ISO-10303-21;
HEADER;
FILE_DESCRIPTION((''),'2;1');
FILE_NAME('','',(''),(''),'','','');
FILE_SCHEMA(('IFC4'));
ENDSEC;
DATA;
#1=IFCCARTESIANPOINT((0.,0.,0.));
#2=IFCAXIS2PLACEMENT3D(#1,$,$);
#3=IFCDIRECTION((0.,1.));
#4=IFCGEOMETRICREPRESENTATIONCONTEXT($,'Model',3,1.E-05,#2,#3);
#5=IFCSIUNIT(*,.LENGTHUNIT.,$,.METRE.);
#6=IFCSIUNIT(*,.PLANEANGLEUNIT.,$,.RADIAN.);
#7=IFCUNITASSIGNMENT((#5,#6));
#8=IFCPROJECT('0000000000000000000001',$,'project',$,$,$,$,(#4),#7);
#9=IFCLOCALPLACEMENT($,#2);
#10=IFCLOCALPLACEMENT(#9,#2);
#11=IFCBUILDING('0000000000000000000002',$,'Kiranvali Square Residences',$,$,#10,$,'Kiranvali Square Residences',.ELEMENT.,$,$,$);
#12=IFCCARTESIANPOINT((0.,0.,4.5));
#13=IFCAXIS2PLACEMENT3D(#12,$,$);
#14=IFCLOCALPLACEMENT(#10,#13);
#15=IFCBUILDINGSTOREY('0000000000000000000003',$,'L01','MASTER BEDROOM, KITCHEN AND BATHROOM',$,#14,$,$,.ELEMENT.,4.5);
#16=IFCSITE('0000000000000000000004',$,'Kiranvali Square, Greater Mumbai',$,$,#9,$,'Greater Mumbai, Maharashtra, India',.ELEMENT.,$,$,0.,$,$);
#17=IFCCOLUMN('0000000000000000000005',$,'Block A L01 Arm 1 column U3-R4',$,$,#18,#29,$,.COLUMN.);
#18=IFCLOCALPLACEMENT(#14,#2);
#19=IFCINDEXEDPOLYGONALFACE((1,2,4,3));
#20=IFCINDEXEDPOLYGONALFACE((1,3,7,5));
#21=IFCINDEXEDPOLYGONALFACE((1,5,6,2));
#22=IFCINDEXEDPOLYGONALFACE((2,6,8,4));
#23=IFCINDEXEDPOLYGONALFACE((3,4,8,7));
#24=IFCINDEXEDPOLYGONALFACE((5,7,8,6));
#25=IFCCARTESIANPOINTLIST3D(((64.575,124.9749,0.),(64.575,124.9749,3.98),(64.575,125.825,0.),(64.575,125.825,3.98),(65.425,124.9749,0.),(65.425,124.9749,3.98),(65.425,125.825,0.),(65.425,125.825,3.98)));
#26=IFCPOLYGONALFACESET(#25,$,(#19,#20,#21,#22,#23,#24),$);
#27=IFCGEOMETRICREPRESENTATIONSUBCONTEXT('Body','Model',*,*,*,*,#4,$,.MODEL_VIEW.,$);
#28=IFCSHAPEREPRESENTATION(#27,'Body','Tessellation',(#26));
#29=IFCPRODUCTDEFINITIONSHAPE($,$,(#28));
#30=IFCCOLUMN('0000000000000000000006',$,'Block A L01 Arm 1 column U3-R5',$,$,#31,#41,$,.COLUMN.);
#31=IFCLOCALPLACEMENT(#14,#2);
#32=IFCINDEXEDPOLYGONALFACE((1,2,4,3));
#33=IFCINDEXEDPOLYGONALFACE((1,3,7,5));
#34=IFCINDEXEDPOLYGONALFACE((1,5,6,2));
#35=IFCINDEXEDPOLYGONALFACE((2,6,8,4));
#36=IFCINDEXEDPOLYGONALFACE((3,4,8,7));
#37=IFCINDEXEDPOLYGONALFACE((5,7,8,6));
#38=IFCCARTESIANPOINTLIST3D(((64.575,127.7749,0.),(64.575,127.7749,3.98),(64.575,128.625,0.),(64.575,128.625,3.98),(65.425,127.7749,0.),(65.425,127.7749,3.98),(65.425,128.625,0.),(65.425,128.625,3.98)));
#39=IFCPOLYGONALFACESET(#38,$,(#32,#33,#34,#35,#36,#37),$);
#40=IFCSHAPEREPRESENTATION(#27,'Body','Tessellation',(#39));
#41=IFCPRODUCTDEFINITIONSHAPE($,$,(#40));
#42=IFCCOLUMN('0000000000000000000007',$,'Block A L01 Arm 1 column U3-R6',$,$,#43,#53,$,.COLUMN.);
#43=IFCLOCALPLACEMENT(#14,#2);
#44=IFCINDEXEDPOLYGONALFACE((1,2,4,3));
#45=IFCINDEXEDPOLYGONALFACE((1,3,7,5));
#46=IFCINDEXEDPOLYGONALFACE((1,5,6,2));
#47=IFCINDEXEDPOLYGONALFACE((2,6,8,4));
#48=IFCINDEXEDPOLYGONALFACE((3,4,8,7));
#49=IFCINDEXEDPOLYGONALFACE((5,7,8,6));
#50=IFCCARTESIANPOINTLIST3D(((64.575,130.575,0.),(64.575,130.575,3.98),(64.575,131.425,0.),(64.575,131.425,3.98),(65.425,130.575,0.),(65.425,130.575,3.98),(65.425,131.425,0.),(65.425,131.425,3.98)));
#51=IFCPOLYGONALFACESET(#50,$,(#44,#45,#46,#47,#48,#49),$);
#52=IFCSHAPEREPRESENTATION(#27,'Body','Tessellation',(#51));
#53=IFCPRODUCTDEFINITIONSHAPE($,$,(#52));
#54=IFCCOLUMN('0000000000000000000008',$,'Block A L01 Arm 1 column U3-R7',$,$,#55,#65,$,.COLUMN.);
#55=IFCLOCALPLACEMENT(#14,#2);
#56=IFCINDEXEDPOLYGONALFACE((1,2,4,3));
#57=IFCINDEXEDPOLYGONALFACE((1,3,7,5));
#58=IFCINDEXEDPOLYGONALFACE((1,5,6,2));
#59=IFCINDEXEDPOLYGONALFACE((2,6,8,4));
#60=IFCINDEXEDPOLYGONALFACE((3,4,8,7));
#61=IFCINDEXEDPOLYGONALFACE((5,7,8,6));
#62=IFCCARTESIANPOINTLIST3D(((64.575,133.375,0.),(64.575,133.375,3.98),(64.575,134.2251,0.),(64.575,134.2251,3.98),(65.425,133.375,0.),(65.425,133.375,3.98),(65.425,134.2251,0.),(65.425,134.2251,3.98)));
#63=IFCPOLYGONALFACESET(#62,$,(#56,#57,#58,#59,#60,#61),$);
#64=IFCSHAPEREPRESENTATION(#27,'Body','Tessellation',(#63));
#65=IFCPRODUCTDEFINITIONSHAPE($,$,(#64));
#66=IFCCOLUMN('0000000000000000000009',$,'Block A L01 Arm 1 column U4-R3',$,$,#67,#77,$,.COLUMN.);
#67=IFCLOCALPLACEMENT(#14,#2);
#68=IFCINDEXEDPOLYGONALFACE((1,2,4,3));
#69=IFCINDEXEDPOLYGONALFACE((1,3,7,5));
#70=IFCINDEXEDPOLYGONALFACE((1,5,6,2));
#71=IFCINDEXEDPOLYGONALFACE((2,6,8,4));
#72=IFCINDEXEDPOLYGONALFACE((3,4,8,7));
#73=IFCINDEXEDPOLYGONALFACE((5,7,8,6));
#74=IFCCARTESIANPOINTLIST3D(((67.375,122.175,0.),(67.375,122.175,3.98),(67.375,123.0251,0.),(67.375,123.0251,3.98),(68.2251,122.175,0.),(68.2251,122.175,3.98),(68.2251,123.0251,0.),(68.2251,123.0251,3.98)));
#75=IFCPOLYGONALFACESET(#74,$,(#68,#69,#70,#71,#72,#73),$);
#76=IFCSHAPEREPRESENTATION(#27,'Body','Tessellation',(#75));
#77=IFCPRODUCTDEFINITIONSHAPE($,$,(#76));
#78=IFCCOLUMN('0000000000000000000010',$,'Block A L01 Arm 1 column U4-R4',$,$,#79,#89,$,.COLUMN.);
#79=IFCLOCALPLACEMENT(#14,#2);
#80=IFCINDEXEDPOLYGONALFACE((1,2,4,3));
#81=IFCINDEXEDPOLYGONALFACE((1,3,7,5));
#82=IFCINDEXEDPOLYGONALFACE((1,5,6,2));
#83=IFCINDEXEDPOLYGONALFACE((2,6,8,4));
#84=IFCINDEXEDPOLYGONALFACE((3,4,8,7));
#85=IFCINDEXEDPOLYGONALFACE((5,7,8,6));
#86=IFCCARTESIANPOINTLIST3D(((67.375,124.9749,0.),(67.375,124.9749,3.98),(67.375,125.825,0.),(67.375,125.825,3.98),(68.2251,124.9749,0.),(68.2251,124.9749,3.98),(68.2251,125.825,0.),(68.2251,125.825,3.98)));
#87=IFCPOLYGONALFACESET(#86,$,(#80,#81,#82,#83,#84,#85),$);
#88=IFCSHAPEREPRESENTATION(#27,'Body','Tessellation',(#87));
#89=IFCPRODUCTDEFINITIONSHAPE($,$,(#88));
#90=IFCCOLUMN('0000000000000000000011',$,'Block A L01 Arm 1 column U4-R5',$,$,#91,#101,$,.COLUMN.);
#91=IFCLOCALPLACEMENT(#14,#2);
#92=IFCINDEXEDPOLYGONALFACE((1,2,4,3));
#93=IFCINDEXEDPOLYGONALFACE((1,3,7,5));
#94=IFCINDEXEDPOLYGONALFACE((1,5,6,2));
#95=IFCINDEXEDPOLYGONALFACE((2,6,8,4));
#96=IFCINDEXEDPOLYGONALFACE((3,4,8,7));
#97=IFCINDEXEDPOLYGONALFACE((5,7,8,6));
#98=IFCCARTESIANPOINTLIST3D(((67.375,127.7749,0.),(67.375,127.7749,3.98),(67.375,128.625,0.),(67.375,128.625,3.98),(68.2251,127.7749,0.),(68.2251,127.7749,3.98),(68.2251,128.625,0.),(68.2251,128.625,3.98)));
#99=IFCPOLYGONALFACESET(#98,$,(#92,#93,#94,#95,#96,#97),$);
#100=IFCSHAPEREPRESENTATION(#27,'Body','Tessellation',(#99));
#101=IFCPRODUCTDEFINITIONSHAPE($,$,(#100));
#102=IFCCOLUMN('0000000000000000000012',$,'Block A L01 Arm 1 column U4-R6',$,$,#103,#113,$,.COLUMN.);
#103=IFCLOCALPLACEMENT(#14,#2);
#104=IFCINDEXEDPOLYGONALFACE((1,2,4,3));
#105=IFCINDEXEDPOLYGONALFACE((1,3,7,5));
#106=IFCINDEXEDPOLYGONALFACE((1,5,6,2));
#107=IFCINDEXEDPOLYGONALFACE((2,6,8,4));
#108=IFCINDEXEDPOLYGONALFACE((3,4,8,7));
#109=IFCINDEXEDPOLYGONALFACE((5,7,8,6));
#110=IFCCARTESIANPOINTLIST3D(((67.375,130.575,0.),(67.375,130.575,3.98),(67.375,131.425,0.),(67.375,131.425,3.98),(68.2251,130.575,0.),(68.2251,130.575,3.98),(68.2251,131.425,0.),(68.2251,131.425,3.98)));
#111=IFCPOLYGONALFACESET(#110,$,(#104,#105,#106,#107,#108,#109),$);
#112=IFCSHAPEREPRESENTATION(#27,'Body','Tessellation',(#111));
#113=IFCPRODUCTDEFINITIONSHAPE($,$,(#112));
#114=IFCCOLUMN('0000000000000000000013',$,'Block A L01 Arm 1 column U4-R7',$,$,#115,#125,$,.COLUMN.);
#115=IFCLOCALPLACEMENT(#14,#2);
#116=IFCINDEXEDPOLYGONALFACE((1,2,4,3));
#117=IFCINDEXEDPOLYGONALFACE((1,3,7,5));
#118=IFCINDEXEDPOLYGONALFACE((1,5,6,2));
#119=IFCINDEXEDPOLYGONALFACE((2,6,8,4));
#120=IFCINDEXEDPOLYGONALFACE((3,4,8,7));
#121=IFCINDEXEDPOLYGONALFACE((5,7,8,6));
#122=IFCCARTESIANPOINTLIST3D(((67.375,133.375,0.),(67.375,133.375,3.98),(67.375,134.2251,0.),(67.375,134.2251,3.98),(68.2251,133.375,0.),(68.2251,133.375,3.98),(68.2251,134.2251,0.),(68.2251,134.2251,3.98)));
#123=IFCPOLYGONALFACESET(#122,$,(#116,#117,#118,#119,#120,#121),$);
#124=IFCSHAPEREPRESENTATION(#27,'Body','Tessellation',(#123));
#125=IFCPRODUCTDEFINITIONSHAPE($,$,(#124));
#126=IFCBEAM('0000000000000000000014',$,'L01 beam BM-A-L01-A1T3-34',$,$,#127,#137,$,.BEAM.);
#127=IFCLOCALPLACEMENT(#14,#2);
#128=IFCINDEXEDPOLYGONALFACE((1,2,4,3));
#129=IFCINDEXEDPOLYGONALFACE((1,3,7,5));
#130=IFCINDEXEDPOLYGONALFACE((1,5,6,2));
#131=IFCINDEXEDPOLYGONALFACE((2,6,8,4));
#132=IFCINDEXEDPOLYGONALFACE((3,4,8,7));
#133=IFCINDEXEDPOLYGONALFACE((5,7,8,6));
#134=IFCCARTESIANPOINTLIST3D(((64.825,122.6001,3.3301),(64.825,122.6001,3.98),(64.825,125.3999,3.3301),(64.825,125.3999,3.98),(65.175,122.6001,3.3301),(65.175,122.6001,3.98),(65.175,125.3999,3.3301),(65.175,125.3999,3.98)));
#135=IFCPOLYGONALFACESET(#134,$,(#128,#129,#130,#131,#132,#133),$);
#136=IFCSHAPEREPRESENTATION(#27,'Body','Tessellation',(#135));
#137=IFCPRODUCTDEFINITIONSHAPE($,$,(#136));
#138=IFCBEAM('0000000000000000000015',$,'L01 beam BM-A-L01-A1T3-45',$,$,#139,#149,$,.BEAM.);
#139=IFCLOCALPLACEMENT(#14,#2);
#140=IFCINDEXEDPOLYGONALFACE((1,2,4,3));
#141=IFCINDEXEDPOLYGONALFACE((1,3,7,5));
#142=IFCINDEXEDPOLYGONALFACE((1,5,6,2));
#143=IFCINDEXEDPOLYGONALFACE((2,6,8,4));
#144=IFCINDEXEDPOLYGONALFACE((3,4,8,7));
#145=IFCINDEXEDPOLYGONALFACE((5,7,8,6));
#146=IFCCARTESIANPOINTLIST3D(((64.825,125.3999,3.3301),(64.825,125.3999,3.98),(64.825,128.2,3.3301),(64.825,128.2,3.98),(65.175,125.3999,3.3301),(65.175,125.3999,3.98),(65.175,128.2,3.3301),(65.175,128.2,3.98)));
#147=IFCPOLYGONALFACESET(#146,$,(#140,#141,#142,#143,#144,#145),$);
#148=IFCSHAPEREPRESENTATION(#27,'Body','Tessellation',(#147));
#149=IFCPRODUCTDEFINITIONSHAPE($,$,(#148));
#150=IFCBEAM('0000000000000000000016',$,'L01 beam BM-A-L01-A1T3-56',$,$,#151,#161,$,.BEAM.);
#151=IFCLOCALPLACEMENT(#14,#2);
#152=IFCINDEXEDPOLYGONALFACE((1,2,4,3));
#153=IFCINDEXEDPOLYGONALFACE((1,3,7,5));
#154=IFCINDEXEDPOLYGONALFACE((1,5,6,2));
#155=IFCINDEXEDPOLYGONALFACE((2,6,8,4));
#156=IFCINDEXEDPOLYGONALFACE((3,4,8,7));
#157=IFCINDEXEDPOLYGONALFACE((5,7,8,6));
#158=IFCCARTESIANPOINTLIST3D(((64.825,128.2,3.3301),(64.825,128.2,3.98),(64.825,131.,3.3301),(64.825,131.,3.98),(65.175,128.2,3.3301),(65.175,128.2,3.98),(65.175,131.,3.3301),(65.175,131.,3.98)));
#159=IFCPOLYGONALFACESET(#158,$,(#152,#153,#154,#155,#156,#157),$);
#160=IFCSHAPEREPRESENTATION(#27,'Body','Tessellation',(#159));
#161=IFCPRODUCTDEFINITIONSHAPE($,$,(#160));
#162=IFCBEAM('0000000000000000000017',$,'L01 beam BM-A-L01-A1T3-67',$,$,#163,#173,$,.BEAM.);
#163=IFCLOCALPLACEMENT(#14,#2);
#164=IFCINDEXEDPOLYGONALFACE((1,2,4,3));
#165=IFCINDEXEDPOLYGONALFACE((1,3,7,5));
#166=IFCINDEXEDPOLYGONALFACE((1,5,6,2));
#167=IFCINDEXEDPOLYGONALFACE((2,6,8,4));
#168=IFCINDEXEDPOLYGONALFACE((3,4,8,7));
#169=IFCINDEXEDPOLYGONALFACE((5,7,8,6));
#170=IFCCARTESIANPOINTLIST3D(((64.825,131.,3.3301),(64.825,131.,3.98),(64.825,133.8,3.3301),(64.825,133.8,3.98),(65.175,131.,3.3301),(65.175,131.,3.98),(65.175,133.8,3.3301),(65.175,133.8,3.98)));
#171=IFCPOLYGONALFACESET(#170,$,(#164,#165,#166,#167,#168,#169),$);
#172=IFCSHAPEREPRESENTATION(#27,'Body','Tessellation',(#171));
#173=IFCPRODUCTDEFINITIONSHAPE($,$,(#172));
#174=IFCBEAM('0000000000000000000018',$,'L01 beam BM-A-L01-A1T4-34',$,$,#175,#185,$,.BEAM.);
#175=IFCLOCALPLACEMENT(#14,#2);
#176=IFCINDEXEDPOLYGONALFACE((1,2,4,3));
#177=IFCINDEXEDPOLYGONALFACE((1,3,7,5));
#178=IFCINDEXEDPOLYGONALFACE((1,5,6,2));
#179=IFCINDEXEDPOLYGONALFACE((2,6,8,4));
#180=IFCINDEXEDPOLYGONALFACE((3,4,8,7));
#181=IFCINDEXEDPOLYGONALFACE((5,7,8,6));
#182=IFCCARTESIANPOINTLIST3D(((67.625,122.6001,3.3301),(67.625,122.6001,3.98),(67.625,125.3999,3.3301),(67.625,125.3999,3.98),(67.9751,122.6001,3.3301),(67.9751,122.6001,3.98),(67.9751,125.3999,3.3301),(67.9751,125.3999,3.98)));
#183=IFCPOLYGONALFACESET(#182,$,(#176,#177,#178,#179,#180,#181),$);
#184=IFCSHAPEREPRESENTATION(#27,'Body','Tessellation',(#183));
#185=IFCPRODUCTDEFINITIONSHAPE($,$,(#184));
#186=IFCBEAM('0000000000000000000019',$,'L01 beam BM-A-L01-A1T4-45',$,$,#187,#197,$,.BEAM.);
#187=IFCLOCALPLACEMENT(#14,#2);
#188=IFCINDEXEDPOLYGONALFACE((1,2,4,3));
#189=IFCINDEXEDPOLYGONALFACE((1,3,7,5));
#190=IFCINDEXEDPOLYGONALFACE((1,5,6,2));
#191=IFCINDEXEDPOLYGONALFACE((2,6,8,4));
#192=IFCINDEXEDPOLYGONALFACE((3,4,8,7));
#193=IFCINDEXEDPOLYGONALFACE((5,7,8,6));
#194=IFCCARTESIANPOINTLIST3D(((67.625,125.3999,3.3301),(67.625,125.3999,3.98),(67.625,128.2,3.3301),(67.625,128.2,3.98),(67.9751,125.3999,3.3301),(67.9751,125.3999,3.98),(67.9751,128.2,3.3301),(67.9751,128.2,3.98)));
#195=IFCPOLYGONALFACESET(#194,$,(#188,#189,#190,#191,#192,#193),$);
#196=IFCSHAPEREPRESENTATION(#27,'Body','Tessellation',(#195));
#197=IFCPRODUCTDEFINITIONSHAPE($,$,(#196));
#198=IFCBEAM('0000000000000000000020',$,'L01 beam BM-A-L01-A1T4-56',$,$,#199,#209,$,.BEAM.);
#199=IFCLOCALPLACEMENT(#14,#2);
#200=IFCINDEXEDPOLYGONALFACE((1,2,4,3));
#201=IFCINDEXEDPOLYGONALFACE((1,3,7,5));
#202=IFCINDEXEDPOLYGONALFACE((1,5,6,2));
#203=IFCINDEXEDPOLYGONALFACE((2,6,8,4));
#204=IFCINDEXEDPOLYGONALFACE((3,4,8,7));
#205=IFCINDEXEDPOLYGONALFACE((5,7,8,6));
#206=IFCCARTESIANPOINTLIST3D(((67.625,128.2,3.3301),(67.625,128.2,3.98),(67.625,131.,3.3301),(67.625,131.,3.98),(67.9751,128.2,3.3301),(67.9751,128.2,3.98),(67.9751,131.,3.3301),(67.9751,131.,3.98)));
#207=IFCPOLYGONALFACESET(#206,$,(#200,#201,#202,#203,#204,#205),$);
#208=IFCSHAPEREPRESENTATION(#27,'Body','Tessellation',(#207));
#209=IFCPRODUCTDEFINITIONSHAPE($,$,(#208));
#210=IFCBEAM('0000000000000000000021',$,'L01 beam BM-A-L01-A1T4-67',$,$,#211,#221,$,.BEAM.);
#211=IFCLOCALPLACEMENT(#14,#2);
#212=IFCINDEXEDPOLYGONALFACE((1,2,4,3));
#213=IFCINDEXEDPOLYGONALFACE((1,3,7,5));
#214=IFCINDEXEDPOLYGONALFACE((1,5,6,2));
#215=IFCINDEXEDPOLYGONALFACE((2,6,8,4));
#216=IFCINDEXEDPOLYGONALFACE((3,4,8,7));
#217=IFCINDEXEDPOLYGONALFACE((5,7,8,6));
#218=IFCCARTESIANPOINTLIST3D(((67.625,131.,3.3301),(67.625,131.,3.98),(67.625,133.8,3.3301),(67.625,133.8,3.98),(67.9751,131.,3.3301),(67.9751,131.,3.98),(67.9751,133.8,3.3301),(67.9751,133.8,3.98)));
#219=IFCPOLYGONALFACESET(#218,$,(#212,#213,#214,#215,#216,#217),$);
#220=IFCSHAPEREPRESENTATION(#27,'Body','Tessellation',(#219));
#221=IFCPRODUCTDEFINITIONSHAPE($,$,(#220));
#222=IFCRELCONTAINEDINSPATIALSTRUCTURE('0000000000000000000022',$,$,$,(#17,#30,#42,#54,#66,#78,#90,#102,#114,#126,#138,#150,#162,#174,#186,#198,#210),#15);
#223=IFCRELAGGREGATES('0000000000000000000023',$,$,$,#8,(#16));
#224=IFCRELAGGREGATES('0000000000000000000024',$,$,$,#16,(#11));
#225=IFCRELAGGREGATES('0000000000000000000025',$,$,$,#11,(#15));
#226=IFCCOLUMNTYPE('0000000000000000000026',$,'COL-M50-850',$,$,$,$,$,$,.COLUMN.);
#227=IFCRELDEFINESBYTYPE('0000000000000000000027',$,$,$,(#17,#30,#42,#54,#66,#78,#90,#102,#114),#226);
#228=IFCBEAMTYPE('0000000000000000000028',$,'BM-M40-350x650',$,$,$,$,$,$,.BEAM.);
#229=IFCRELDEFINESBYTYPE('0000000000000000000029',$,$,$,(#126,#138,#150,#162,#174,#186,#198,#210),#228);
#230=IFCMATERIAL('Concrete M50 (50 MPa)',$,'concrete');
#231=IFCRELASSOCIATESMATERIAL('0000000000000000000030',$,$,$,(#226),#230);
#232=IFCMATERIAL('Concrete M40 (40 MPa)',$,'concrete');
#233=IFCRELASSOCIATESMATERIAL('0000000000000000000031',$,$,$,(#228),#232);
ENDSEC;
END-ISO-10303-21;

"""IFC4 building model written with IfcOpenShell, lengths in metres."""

from ifc_helpers import new_model, si_unit, direction, frame, origin, origin_2d, place, context, subcontext, project, spatial, rectangle, extrude, material, material_profile, profile_set, type_object, element, save


model = new_model("IFC4")

# Units and contexts
model_context = context("Model", 3, precision=1e-05, world=origin(), true_north=direction((0.0, 1.0)))
body_context = subcontext(model_context, "Body", "Model", "MODEL_VIEW")
ifc_project = project(units=[si_unit("LENGTHUNIT", "METRE"), si_unit("PLANEANGLEUNIT", "RADIAN")], contexts=[model_context])

# Site, building, storey
site_placement = place(None, origin())
site = spatial("IfcSite", under=ifc_project, at=site_placement, Name="Kiranvali Square, Greater Mumbai", LongName="Greater Mumbai, Maharashtra, India", CompositionType="ELEMENT", RefElevation=0.0)
building_placement = place(site_placement, origin())
building = spatial("IfcBuilding", under=site, at=building_placement, Name="Kiranvali Square Residences", LongName="Kiranvali Square Residences", CompositionType="ELEMENT")
storey_placement = place(building_placement, frame((0.0, 0.0, 4.5)))
storey = spatial("IfcBuildingStorey", under=building, at=storey_placement, Name="L01", Description="MASTER BEDROOM, KITCHEN AND BATHROOM", CompositionType="ELEMENT", Elevation=4.5)

# Columns
ifc_material_1 = material(Name="Concrete M50 (50 MPa)", Category="concrete")
ifc_material_profile_1 = material_profile(ifc_material_1, rectangle(XDim=0.8501, YDim=0.8501, at=origin_2d()), Name="RC 850x850")
ifc_profile_set_1 = profile_set([ifc_material_profile_1], Name="Concrete M50 (50 MPa)")
column_type = type_object("IfcColumnType", Name="COL-M50-850", PredefinedType="COLUMN", material=ifc_profile_set_1)
for number, where, z_axis, x_axis, name in (
    (1, (65.0, 125.3999, 0.0), (0.0, 0.0, 1.0), (1.0, 0.0, 0.0), "Block A L01 Arm 1 column U3-R4"),
    (2, (65.0, 128.2, 0.0), (0.0, 0.0, 1.0), (1.0, 0.0, 0.0), "Block A L01 Arm 1 column U3-R5"),
    (3, (65.0, 131.0, 0.0), (0.0, 0.0, 1.0), (1.0, 0.0, 0.0), "Block A L01 Arm 1 column U3-R6"),
    (4, (65.0, 133.8, 0.0), (0.0, 0.0, 1.0), (1.0, 0.0, 0.0), "Block A L01 Arm 1 column U3-R7"),
    (5, (67.8, 122.6001, 0.0), (0.0, 0.0, 1.0), (1.0, 0.0, 0.0), "Block A L01 Arm 1 column U4-R3"),
    (6, (67.8, 125.3999, 0.0), (0.0, 0.0, 1.0), (1.0, 0.0, 0.0), "Block A L01 Arm 1 column U4-R4"),
    (7, (67.8, 128.2, 0.0), (0.0, 0.0, 1.0), (1.0, 0.0, 0.0), "Block A L01 Arm 1 column U4-R5"),
    (8, (67.8, 131.0, 0.0), (0.0, 0.0, 1.0), (1.0, 0.0, 0.0), "Block A L01 Arm 1 column U4-R6"),
    (9, (67.8, 133.8, 0.0), (0.0, 0.0, 1.0), (1.0, 0.0, 0.0), "Block A L01 Arm 1 column U4-R7"),
):
    element("IfcColumn", number, at=place(storey_placement, frame(where, z_axis=z_axis, x_axis=x_axis)), inside=storey, type_object=column_type, Name=name, PredefinedType="COLUMN", context=body_context, shape_type="SweptSolid", body=[
        extrude(rectangle(XDim=0.8501, YDim=0.8501, at=origin_2d()), origin(), (0.0, 0.0, 1.0), 3.98),
    ])

# Beams
ifc_material_2 = material(Name="Concrete M40 (40 MPa)", Category="concrete")
ifc_material_profile_2 = material_profile(ifc_material_2, rectangle(XDim=0.3501, YDim=0.6499, at=origin_2d()), Name="RC 350x650")
ifc_profile_set_2 = profile_set([ifc_material_profile_2], Name="Concrete M40 (40 MPa)")
beam_type_1 = type_object("IfcBeamType", Name="BM-M40-350x650", PredefinedType="BEAM", material=ifc_profile_set_2)
beam_1_placement = place(storey_placement, frame((65.0, 122.6001, 3.655), z_axis=(0.0, 1.0, 0.0), x_axis=(-1.0, 0.0, 0.0)))
element("IfcBeam", 10, at=beam_1_placement, inside=storey, type_object=beam_type_1, Name="L01 beam BM-A-L01-A1T3-34", PredefinedType="BEAM", context=body_context, shape_type="SweptSolid", body=[
    extrude(rectangle(XDim=0.3501, YDim=0.6499, at=origin_2d()), origin(), (0.0, 0.0, 1.0), 2.7998),
])
for number, where, z_axis, x_axis, name in (
    (11, (65.0, 125.3999, 3.655), (0.0, 1.0, 0.0), (-1.0, 0.0, 0.0), "L01 beam BM-A-L01-A1T3-45"),
    (12, (65.0, 128.2, 3.655), (0.0, 1.0, 0.0), (-1.0, 0.0, 0.0), "L01 beam BM-A-L01-A1T3-56"),
    (13, (65.0, 131.0, 3.655), (0.0, 1.0, 0.0), (-1.0, 0.0, 0.0), "L01 beam BM-A-L01-A1T3-67"),
):
    element("IfcBeam", number, at=place(storey_placement, frame(where, z_axis=z_axis, x_axis=x_axis)), inside=storey, type_object=beam_type_1, Name=name, PredefinedType="BEAM", context=body_context, shape_type="SweptSolid", body=[
        extrude(rectangle(XDim=0.3501, YDim=0.6499, at=origin_2d()), origin(), (0.0, 0.0, 1.0), 2.8),
    ])
beam_2_placement = place(storey_placement, frame((67.8, 122.6001, 3.655), z_axis=(0.0, 1.0, 0.0), x_axis=(-1.0, 0.0, 0.0)))
element("IfcBeam", 14, at=beam_2_placement, inside=storey, type_object=beam_type_1, Name="L01 beam BM-A-L01-A1T4-34", PredefinedType="BEAM", context=body_context, shape_type="SweptSolid", body=[
    extrude(rectangle(XDim=0.3501, YDim=0.6499, at=origin_2d()), origin(), (0.0, 0.0, 1.0), 2.7998),
])
for number, where, z_axis, x_axis, name in (
    (15, (67.8, 125.3999, 3.655), (0.0, 1.0, 0.0), (-1.0, 0.0, 0.0), "L01 beam BM-A-L01-A1T4-45"),
    (16, (67.8, 128.2, 3.655), (0.0, 1.0, 0.0), (-1.0, 0.0, 0.0), "L01 beam BM-A-L01-A1T4-56"),
    (17, (67.8, 131.0, 3.655), (0.0, 1.0, 0.0), (-1.0, 0.0, 0.0), "L01 beam BM-A-L01-A1T4-67"),
):
    element("IfcBeam", number, at=place(storey_placement, frame(where, z_axis=z_axis, x_axis=x_axis)), inside=storey, type_object=beam_type_1, Name=name, PredefinedType="BEAM", context=body_context, shape_type="SweptSolid", body=[
        extrude(rectangle(XDim=0.3501, YDim=0.6499, at=origin_2d()), origin(), (0.0, 0.0, 1.0), 2.8),
    ])

save(model, "model.ifc")
